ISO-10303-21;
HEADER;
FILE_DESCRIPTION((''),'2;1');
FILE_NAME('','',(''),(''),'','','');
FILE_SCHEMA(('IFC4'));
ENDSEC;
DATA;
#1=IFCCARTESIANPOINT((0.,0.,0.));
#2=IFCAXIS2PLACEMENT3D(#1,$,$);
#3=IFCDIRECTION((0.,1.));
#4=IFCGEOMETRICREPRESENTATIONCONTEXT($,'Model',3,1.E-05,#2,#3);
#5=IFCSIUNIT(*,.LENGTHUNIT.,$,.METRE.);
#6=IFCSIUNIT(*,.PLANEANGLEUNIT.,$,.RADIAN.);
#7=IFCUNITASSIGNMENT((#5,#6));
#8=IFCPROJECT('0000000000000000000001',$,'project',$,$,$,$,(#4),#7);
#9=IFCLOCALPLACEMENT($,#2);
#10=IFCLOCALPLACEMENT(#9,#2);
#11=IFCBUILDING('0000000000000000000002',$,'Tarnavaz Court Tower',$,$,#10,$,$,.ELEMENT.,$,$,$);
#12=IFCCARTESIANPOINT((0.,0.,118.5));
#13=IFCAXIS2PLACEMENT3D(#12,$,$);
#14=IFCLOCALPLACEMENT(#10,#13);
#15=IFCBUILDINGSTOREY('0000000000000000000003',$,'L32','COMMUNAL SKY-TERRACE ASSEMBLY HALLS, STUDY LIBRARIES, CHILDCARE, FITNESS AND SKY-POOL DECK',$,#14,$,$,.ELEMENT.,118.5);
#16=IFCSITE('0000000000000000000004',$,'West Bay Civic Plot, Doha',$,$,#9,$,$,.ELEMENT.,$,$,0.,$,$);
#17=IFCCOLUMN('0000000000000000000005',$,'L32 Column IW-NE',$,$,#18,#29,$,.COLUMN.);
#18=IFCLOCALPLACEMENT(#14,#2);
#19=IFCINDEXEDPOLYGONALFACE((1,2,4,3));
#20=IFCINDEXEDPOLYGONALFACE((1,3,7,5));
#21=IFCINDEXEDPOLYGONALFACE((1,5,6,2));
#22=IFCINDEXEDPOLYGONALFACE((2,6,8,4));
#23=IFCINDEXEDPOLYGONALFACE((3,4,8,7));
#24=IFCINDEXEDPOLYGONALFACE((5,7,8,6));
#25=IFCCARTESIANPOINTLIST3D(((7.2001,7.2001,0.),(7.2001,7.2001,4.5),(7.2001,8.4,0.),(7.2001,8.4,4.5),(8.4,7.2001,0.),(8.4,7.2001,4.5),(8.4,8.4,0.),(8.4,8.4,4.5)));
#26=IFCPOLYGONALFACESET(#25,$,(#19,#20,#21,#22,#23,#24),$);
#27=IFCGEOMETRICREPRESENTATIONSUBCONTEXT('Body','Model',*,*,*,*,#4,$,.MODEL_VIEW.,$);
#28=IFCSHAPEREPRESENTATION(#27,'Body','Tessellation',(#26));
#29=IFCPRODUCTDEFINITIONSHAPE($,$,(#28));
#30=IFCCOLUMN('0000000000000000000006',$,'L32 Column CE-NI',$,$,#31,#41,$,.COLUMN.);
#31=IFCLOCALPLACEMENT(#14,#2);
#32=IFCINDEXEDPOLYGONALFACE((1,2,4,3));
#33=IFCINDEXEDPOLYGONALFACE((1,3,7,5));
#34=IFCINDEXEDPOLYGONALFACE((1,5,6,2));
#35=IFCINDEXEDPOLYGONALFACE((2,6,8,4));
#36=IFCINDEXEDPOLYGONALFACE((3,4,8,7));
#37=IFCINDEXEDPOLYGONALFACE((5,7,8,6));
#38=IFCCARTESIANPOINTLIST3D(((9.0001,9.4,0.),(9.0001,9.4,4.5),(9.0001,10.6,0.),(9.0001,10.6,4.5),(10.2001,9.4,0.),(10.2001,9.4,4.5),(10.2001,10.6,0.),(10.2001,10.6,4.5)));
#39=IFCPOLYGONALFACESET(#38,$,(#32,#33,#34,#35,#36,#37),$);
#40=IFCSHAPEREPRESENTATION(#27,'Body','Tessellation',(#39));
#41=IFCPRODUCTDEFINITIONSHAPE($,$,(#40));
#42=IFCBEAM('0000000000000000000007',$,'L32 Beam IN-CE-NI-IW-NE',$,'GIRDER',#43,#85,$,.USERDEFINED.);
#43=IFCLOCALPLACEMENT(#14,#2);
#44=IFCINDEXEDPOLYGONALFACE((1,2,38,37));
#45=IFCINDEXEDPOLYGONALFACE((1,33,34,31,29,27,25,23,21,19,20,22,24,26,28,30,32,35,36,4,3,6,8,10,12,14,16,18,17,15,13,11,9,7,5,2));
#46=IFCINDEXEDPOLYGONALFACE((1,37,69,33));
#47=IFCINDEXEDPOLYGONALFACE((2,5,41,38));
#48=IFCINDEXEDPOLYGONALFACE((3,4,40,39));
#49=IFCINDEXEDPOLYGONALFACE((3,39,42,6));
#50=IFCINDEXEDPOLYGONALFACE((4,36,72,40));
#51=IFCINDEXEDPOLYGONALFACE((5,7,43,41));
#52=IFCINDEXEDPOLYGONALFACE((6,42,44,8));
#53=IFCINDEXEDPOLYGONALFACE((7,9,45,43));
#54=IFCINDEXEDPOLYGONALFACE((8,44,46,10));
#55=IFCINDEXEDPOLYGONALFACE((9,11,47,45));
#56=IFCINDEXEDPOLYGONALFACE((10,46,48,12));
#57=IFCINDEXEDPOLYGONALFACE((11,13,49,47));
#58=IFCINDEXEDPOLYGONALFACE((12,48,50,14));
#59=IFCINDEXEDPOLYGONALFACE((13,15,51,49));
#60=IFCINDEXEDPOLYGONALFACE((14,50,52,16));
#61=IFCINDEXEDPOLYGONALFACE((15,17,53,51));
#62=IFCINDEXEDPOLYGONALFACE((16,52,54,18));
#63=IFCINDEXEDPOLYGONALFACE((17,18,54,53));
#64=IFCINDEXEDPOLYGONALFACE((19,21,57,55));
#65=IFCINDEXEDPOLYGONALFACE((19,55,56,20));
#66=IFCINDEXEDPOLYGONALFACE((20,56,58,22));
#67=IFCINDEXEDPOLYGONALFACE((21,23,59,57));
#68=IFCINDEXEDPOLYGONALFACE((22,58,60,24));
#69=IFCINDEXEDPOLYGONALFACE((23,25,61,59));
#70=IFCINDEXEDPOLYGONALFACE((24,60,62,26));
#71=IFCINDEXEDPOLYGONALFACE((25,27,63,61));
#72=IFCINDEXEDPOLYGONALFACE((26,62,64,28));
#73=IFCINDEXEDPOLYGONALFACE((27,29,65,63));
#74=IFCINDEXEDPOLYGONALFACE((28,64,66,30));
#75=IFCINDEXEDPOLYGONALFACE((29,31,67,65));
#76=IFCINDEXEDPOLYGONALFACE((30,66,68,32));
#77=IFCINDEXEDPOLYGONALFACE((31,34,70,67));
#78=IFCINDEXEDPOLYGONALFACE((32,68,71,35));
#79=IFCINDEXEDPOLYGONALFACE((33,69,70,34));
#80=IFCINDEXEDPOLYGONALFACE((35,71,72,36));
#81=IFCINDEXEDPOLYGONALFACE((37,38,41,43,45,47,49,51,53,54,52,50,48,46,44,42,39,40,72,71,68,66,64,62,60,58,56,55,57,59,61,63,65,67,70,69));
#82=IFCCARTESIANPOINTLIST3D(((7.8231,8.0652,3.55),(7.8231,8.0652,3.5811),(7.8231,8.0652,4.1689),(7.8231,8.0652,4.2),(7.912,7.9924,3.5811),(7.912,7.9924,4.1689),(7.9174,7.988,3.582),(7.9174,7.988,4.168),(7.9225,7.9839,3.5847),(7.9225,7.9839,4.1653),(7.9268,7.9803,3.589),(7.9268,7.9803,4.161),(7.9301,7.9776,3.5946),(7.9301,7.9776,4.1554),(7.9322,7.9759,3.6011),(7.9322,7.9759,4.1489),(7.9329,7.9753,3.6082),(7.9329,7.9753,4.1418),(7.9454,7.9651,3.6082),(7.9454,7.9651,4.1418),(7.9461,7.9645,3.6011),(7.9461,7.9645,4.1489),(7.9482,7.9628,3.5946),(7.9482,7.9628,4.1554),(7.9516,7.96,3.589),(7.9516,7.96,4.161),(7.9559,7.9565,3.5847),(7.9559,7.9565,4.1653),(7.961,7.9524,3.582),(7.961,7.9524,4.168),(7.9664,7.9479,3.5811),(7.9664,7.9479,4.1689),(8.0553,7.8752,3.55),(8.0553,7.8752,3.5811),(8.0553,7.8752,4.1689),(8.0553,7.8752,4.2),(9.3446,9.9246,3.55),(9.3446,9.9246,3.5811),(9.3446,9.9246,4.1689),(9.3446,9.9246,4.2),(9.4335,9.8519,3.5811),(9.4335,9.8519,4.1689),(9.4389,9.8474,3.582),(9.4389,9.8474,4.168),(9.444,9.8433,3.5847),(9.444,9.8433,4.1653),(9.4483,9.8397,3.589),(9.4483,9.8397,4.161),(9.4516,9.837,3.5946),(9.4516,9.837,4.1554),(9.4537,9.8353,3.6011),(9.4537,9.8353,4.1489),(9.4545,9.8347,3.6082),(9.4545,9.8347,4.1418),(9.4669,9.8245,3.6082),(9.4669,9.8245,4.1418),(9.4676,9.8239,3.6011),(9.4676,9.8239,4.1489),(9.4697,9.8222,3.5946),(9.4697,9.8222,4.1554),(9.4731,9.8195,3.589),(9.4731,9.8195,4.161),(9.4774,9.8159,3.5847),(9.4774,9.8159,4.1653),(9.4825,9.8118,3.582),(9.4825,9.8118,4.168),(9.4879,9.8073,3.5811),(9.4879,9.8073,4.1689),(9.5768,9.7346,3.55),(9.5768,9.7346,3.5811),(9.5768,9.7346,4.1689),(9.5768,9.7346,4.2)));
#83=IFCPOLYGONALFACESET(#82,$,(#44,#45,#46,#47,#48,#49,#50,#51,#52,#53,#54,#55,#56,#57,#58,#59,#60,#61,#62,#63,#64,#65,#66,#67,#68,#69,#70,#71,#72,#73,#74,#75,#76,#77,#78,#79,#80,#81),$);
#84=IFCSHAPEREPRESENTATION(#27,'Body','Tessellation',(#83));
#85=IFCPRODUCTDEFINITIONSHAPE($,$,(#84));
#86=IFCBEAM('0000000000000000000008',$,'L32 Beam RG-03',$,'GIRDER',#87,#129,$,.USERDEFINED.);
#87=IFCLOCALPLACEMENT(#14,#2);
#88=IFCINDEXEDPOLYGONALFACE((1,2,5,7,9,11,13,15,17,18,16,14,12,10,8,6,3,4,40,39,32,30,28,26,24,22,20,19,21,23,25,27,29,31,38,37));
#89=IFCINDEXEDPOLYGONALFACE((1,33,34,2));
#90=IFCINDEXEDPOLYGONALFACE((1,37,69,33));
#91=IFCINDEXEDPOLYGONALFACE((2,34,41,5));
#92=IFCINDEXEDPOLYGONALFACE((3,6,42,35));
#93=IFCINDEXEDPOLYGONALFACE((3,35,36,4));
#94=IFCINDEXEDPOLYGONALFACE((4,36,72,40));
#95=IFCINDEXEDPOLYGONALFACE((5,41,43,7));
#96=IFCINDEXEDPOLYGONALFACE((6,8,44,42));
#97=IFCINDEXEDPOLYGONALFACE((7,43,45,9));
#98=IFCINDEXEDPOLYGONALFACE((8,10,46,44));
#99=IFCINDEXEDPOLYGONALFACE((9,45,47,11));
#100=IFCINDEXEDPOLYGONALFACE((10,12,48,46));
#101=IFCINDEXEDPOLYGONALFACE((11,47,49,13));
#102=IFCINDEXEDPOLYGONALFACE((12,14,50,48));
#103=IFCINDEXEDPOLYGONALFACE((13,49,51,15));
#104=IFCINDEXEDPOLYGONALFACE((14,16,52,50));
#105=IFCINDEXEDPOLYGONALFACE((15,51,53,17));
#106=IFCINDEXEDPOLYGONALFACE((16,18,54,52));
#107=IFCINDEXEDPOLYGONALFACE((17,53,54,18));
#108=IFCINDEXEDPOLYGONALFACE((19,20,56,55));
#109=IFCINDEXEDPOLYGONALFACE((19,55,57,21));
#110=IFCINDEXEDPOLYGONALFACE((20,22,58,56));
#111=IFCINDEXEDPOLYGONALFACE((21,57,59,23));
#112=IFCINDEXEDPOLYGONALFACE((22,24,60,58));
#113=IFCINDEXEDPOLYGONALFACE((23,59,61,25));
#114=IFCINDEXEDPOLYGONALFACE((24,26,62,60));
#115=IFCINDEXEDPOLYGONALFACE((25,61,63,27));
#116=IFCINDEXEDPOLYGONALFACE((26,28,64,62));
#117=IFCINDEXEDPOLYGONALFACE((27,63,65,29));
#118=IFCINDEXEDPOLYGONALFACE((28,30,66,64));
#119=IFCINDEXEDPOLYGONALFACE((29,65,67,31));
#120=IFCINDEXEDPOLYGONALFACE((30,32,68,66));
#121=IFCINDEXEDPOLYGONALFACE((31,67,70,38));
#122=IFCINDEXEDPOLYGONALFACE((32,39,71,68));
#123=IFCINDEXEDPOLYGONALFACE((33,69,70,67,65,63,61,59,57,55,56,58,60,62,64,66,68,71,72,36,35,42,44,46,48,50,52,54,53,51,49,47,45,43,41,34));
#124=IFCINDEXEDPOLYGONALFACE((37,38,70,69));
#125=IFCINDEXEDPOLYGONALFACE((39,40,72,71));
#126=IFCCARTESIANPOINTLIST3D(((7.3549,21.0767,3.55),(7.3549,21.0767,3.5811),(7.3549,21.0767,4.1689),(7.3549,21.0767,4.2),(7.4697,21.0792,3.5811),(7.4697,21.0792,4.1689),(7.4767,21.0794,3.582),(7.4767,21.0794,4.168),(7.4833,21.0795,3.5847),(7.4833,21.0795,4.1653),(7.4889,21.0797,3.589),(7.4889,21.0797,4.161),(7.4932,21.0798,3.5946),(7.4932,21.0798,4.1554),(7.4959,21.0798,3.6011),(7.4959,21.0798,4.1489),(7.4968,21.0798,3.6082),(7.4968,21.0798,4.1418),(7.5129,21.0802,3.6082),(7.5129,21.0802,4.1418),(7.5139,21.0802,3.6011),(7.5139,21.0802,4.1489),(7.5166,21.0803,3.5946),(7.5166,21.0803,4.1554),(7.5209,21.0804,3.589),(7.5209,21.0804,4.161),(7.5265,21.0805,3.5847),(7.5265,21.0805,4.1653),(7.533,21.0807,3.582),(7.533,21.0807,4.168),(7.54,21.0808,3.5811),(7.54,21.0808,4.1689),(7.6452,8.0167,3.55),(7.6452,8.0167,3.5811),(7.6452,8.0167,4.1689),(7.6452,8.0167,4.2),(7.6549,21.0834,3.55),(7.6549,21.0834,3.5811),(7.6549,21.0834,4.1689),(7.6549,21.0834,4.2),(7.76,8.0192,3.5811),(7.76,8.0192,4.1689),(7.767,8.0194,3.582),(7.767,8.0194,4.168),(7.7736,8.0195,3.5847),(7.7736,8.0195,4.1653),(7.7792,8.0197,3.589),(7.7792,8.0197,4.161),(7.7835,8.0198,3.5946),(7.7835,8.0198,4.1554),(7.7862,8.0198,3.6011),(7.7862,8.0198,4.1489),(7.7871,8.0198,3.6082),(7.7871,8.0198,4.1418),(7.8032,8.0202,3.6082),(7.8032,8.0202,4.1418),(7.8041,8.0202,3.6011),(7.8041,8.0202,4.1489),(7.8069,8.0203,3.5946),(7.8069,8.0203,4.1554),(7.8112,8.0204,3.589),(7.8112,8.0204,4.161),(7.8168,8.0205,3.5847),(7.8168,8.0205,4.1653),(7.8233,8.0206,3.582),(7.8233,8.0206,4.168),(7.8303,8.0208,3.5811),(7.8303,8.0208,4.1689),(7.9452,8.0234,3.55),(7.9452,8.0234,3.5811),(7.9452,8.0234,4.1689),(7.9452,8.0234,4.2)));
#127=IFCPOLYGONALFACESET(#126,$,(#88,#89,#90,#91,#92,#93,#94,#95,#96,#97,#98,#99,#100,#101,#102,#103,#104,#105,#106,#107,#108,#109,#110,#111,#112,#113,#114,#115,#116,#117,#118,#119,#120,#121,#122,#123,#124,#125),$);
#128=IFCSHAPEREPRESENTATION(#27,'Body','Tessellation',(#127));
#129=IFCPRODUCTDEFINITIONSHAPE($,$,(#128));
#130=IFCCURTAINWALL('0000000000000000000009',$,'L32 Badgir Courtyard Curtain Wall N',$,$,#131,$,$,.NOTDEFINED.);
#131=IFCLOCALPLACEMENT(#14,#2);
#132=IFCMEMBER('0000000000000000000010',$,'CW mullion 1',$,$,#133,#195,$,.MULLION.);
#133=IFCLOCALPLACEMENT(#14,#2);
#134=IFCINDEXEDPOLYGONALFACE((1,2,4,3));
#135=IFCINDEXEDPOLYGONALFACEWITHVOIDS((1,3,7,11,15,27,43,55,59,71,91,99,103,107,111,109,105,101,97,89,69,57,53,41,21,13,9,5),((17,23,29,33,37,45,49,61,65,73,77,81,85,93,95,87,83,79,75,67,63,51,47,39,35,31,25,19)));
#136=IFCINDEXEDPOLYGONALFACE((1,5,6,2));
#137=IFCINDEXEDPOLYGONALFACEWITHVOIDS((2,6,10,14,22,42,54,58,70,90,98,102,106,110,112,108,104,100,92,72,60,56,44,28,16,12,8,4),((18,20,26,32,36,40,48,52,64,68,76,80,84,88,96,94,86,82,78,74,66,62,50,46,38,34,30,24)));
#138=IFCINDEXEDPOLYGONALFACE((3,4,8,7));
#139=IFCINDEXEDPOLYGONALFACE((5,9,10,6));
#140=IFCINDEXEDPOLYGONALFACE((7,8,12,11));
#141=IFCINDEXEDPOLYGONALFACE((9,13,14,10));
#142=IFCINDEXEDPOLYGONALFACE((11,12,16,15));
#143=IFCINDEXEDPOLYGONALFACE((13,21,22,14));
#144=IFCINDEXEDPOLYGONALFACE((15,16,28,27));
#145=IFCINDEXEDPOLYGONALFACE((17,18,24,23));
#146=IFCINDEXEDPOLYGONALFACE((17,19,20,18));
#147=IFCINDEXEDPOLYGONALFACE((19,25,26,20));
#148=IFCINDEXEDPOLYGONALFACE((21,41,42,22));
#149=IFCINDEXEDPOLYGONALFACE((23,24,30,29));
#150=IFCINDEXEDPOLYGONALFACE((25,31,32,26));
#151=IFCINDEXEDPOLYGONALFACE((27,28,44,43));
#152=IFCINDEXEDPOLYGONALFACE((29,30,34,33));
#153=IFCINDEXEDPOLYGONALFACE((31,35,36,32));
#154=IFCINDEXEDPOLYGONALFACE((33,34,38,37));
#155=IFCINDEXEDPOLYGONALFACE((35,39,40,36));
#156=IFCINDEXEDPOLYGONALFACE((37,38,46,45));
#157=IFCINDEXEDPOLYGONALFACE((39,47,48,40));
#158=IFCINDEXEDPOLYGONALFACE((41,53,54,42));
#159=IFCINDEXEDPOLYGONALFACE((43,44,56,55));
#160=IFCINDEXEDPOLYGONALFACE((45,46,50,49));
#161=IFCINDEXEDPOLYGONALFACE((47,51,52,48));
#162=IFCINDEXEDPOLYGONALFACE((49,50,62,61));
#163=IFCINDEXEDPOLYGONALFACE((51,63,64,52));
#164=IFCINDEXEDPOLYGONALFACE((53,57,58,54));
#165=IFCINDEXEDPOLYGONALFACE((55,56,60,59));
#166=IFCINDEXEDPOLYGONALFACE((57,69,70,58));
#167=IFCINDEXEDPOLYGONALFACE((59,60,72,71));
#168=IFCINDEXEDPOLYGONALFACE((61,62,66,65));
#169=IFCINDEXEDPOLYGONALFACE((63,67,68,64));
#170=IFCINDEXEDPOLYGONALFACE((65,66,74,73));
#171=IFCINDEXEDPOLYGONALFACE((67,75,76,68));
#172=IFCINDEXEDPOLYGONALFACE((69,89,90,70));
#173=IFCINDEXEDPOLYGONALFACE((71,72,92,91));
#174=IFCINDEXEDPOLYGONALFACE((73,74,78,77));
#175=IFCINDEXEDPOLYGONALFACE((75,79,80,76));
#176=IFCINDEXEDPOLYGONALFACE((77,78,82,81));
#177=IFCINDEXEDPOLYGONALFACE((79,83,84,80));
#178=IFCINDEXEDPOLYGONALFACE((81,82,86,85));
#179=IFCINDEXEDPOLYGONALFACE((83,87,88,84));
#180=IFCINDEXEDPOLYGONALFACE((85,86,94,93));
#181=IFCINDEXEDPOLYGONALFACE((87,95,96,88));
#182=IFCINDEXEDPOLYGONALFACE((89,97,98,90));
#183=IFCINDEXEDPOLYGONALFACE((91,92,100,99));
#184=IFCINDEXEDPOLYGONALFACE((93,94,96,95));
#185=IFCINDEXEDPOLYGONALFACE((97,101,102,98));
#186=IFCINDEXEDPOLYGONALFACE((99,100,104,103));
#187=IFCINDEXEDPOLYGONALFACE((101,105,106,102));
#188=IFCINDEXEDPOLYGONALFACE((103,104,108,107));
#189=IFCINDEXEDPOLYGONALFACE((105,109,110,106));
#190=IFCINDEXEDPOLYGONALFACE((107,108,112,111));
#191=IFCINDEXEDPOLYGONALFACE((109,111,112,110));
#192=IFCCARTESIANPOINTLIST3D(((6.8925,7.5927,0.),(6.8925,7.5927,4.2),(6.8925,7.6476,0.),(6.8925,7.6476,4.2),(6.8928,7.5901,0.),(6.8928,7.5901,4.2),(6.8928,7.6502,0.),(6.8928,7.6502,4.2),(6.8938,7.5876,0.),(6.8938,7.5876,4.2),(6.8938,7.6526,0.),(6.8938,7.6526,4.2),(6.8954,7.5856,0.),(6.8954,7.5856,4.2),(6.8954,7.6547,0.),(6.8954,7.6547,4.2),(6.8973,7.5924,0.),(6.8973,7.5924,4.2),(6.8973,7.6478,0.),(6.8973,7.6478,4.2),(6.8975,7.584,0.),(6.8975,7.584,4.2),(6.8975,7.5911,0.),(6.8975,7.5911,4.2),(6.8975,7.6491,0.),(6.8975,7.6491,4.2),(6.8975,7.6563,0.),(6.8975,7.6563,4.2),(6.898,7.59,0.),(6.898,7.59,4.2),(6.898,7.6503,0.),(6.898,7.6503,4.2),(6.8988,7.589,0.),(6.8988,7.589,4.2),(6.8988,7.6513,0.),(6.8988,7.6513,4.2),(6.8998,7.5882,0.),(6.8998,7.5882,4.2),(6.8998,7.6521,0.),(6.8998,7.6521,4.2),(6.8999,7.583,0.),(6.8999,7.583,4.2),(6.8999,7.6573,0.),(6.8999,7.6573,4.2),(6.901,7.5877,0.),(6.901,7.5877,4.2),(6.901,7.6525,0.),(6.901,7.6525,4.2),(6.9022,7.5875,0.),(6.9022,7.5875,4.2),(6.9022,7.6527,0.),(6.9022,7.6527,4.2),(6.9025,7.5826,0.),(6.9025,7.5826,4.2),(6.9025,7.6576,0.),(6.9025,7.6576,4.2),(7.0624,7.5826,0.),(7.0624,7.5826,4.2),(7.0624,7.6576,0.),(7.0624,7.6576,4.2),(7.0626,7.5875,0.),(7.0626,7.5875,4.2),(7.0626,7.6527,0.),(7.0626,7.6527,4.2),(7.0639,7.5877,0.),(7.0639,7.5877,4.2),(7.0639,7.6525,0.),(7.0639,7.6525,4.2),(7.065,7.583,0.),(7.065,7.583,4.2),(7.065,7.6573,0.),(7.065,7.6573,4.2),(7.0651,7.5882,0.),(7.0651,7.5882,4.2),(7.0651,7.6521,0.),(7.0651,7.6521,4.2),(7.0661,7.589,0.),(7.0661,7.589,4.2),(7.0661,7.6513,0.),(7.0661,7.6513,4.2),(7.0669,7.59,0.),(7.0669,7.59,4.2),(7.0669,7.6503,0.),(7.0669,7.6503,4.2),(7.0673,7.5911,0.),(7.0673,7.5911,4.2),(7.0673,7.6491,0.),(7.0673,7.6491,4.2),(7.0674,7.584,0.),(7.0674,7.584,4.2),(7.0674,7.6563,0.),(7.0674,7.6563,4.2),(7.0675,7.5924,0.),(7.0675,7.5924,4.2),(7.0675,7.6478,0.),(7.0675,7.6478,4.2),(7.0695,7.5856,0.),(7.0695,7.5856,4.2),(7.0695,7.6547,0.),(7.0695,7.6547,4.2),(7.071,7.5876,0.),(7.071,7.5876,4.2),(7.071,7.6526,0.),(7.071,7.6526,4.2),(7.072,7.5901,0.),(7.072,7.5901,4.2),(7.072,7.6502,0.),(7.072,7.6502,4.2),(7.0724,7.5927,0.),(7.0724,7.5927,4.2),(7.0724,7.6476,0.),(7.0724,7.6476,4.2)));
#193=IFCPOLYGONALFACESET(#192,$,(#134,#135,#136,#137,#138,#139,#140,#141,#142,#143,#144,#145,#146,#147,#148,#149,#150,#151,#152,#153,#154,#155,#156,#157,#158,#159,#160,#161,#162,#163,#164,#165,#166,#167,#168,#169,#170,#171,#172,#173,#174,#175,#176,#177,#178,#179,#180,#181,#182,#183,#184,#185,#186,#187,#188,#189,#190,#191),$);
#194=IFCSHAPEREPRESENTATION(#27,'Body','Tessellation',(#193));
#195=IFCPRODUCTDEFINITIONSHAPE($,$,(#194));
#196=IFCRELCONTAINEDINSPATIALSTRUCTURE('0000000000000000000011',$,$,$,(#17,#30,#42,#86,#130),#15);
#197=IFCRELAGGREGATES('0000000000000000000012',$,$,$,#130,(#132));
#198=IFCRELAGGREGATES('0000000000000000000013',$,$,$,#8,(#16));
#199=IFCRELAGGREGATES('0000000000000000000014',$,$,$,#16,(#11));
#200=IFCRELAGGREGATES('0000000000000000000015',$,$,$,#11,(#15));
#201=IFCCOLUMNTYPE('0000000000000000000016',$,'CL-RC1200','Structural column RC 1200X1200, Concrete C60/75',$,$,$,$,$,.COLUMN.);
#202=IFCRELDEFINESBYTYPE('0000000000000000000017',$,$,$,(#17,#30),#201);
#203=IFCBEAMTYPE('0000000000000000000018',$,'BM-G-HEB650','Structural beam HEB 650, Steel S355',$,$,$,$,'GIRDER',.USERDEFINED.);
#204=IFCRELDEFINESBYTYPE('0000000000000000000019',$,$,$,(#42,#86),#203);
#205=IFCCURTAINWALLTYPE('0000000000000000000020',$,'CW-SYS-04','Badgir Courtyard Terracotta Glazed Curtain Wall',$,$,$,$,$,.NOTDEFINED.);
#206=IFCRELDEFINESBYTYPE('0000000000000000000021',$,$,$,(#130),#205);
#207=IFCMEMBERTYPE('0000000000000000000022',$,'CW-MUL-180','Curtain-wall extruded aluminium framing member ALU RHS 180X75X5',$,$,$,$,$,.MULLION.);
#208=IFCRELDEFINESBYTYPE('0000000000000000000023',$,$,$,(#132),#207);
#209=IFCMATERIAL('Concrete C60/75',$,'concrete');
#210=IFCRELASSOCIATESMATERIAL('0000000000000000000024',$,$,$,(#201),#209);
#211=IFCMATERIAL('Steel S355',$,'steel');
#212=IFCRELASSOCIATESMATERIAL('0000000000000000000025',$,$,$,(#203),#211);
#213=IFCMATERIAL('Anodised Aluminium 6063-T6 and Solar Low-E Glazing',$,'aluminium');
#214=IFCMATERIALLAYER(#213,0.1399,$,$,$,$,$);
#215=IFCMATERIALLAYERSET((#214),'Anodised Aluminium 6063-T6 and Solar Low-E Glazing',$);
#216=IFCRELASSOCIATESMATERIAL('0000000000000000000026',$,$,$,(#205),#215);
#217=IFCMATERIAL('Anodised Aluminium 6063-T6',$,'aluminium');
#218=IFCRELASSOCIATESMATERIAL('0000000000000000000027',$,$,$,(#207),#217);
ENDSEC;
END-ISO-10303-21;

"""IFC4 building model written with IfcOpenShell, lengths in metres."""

from ifc_helpers import new_model, si_unit, direction, frame, origin, origin_2d, place, context, subcontext, project, spatial, rectangle, hollow_rectangle, i_section, extrude, material, layer, layer_set, material_profile, profile_set, type_object, element, aggregate, save


model = new_model("IFC4")

# Units and contexts
model_context = context("Model", 3, precision=1e-05, world=origin(), true_north=direction((0.0, 1.0)))
body_context = subcontext(model_context, "Body", "Model", "MODEL_VIEW")
ifc_project = project(units=[si_unit("LENGTHUNIT", "METRE"), si_unit("PLANEANGLEUNIT", "RADIAN")], contexts=[model_context])

# Site, building, storey
site_placement = place(None, origin())
site = spatial("IfcSite", under=ifc_project, at=site_placement, Name="West Bay Civic Plot, Doha", CompositionType="ELEMENT", RefElevation=0.0)
building_placement = place(site_placement, origin())
building = spatial("IfcBuilding", under=site, at=building_placement, Name="Tarnavaz Court Tower", CompositionType="ELEMENT")
storey_placement = place(building_placement, frame((0.0, 0.0, 118.5)))
storey = spatial("IfcBuildingStorey", under=building, at=storey_placement, Name="L32", Description="COMMUNAL SKY-TERRACE ASSEMBLY HALLS, STUDY LIBRARIES, CHILDCARE, FITNESS AND SKY-POOL DECK", CompositionType="ELEMENT", Elevation=118.5)

# Columns
ifc_material_1 = material(Name="Concrete C60/75", Category="concrete")
ifc_material_profile_1 = material_profile(ifc_material_1, rectangle(XDim=1.2, YDim=1.2, at=origin_2d()), Name="RC 1200X1200")
ifc_profile_set_1 = profile_set([ifc_material_profile_1], Name="Concrete C60/75")
column_type = type_object("IfcColumnType", Name="CL-RC1200", Description="Structural column RC 1200X1200, Concrete C60/75", PredefinedType="COLUMN", material=ifc_profile_set_1)
for number, where, z_axis, x_axis, name in (
    (1, (7.8, 7.8, 0.0), (0.0, 0.0, 1.0), (1.0, 0.0, 0.0), "L32 Column IW-NE"),
    (2, (9.6001, 10.0, 0.0), (0.0, 0.0, 1.0), (1.0, 0.0, 0.0), "L32 Column CE-NI"),
):
    element("IfcColumn", number, at=place(storey_placement, frame(where, z_axis=z_axis, x_axis=x_axis)), inside=storey, type_object=column_type, Name=name, PredefinedType="COLUMN", context=body_context, shape_type="SweptSolid", body=[
        extrude(rectangle(XDim=1.2, YDim=1.2, at=origin_2d()), origin(), (0.0, 0.0, 1.0), 4.5),
    ])

# Beams
ifc_material_2 = material(Name="Steel S355", Category="steel")
ifc_material_profile_2 = material_profile(ifc_material_2, i_section(OverallWidth=0.3, OverallDepth=0.6499, WebThickness=0.0161, FlangeThickness=0.031, FilletRadius=0.0271, at=origin_2d()), Name="HEB 650")
ifc_profile_set_2 = profile_set([ifc_material_profile_2], Name="Steel S355")
beam_type = type_object("IfcBeamType", Name="BM-G-HEB650", Description="Structural beam HEB 650, Steel S355", ElementType="GIRDER", PredefinedType="USERDEFINED", material=ifc_profile_set_2)
beam_1_placement = place(storey_placement, frame((9.4607, 9.8296, 3.875), z_axis=(-0.633282, -0.773921, 0.0), x_axis=(0.773921, -0.633282, 0.0)))
element("IfcBeam", 3, at=beam_1_placement, inside=storey, type_object=beam_type, Name="L32 Beam IN-CE-NI-IW-NE", ObjectType="GIRDER", PredefinedType="USERDEFINED", context=body_context, shape_type="SweptSolid", body=[
    extrude(i_section(OverallWidth=0.3, OverallDepth=0.6499, WebThickness=0.0161, FlangeThickness=0.031, FilletRadius=0.0271, at=origin_2d()), origin(), (0.0, 0.0, 1.0), 2.4026),
])
beam_2_placement = place(storey_placement, frame((7.7952, 8.02, 3.875), z_axis=(-0.022221, 0.999753, 0.0), x_axis=(-0.999753, -0.022221, 0.0)))
element("IfcBeam", 4, at=beam_2_placement, inside=storey, type_object=beam_type, Name="L32 Beam RG-03", ObjectType="GIRDER", PredefinedType="USERDEFINED", context=body_context, shape_type="SweptSolid", body=[
    extrude(i_section(OverallWidth=0.3, OverallDepth=0.6499, WebThickness=0.0161, FlangeThickness=0.031, FilletRadius=0.0271, at=origin_2d()), origin(), (0.0, 0.0, 1.0), 13.0632),
])

# Curtain wall, member
ifc_material_3 = material(Name="Anodised Aluminium 6063-T6 and Solar Low-E Glazing", Category="aluminium")
ifc_layer_1 = layer(ifc_material_3, 0.1399)
ifc_layer_set_1 = layer_set([ifc_layer_1], Name="Anodised Aluminium 6063-T6 and Solar Low-E Glazing")
curtain_wall_type = type_object("IfcCurtainWallType", Name="CW-SYS-04", Description="Badgir Courtyard Terracotta Glazed Curtain Wall", PredefinedType="NOTDEFINED", material=ifc_layer_set_1)
curtain_wall_placement = place(storey_placement, origin())
curtain_wall = element("IfcCurtainWall", 5, at=curtain_wall_placement, inside=storey, type_object=curtain_wall_type, Name="L32 Badgir Courtyard Curtain Wall N", PredefinedType="NOTDEFINED")
ifc_material_4 = material(Name="Anodised Aluminium 6063-T6", Category="aluminium")
ifc_material_profile_3 = material_profile(ifc_material_4, hollow_rectangle(XDim=0.075, YDim=0.1799, WallThickness=0.0049, InnerFilletRadius=0.0049, OuterFilletRadius=0.01, at=origin_2d()), Name="ALU RHS 180X75X5")
ifc_profile_set_3 = profile_set([ifc_material_profile_3], Name="Anodised Aluminium 6063-T6")
member_type_1 = type_object("IfcMemberType", Name="CW-MUL-180", Description="Curtain-wall extruded aluminium framing member ALU RHS 180X75X5", PredefinedType="MULLION", material=ifc_profile_set_3)
member_1_placement = place(storey_placement, frame((6.9824, 7.6201, 0.0), z_axis=(0.0, 0.0, 1.0), x_axis=(0.0, -1.0, 0.0)))
member_1 = element("IfcMember", 6, at=member_1_placement, type_object=member_type_1, Name="CW mullion 1", PredefinedType="MULLION", context=body_context, shape_type="SweptSolid", body=[
    extrude(hollow_rectangle(XDim=0.075, YDim=0.1799, WallThickness=0.0049, InnerFilletRadius=0.0049, OuterFilletRadius=0.01, at=origin_2d()), origin(), (0.0, 0.0, 1.0), 4.2),
])
aggregate(curtain_wall, [member_1])

save(model, "model.ifc")
